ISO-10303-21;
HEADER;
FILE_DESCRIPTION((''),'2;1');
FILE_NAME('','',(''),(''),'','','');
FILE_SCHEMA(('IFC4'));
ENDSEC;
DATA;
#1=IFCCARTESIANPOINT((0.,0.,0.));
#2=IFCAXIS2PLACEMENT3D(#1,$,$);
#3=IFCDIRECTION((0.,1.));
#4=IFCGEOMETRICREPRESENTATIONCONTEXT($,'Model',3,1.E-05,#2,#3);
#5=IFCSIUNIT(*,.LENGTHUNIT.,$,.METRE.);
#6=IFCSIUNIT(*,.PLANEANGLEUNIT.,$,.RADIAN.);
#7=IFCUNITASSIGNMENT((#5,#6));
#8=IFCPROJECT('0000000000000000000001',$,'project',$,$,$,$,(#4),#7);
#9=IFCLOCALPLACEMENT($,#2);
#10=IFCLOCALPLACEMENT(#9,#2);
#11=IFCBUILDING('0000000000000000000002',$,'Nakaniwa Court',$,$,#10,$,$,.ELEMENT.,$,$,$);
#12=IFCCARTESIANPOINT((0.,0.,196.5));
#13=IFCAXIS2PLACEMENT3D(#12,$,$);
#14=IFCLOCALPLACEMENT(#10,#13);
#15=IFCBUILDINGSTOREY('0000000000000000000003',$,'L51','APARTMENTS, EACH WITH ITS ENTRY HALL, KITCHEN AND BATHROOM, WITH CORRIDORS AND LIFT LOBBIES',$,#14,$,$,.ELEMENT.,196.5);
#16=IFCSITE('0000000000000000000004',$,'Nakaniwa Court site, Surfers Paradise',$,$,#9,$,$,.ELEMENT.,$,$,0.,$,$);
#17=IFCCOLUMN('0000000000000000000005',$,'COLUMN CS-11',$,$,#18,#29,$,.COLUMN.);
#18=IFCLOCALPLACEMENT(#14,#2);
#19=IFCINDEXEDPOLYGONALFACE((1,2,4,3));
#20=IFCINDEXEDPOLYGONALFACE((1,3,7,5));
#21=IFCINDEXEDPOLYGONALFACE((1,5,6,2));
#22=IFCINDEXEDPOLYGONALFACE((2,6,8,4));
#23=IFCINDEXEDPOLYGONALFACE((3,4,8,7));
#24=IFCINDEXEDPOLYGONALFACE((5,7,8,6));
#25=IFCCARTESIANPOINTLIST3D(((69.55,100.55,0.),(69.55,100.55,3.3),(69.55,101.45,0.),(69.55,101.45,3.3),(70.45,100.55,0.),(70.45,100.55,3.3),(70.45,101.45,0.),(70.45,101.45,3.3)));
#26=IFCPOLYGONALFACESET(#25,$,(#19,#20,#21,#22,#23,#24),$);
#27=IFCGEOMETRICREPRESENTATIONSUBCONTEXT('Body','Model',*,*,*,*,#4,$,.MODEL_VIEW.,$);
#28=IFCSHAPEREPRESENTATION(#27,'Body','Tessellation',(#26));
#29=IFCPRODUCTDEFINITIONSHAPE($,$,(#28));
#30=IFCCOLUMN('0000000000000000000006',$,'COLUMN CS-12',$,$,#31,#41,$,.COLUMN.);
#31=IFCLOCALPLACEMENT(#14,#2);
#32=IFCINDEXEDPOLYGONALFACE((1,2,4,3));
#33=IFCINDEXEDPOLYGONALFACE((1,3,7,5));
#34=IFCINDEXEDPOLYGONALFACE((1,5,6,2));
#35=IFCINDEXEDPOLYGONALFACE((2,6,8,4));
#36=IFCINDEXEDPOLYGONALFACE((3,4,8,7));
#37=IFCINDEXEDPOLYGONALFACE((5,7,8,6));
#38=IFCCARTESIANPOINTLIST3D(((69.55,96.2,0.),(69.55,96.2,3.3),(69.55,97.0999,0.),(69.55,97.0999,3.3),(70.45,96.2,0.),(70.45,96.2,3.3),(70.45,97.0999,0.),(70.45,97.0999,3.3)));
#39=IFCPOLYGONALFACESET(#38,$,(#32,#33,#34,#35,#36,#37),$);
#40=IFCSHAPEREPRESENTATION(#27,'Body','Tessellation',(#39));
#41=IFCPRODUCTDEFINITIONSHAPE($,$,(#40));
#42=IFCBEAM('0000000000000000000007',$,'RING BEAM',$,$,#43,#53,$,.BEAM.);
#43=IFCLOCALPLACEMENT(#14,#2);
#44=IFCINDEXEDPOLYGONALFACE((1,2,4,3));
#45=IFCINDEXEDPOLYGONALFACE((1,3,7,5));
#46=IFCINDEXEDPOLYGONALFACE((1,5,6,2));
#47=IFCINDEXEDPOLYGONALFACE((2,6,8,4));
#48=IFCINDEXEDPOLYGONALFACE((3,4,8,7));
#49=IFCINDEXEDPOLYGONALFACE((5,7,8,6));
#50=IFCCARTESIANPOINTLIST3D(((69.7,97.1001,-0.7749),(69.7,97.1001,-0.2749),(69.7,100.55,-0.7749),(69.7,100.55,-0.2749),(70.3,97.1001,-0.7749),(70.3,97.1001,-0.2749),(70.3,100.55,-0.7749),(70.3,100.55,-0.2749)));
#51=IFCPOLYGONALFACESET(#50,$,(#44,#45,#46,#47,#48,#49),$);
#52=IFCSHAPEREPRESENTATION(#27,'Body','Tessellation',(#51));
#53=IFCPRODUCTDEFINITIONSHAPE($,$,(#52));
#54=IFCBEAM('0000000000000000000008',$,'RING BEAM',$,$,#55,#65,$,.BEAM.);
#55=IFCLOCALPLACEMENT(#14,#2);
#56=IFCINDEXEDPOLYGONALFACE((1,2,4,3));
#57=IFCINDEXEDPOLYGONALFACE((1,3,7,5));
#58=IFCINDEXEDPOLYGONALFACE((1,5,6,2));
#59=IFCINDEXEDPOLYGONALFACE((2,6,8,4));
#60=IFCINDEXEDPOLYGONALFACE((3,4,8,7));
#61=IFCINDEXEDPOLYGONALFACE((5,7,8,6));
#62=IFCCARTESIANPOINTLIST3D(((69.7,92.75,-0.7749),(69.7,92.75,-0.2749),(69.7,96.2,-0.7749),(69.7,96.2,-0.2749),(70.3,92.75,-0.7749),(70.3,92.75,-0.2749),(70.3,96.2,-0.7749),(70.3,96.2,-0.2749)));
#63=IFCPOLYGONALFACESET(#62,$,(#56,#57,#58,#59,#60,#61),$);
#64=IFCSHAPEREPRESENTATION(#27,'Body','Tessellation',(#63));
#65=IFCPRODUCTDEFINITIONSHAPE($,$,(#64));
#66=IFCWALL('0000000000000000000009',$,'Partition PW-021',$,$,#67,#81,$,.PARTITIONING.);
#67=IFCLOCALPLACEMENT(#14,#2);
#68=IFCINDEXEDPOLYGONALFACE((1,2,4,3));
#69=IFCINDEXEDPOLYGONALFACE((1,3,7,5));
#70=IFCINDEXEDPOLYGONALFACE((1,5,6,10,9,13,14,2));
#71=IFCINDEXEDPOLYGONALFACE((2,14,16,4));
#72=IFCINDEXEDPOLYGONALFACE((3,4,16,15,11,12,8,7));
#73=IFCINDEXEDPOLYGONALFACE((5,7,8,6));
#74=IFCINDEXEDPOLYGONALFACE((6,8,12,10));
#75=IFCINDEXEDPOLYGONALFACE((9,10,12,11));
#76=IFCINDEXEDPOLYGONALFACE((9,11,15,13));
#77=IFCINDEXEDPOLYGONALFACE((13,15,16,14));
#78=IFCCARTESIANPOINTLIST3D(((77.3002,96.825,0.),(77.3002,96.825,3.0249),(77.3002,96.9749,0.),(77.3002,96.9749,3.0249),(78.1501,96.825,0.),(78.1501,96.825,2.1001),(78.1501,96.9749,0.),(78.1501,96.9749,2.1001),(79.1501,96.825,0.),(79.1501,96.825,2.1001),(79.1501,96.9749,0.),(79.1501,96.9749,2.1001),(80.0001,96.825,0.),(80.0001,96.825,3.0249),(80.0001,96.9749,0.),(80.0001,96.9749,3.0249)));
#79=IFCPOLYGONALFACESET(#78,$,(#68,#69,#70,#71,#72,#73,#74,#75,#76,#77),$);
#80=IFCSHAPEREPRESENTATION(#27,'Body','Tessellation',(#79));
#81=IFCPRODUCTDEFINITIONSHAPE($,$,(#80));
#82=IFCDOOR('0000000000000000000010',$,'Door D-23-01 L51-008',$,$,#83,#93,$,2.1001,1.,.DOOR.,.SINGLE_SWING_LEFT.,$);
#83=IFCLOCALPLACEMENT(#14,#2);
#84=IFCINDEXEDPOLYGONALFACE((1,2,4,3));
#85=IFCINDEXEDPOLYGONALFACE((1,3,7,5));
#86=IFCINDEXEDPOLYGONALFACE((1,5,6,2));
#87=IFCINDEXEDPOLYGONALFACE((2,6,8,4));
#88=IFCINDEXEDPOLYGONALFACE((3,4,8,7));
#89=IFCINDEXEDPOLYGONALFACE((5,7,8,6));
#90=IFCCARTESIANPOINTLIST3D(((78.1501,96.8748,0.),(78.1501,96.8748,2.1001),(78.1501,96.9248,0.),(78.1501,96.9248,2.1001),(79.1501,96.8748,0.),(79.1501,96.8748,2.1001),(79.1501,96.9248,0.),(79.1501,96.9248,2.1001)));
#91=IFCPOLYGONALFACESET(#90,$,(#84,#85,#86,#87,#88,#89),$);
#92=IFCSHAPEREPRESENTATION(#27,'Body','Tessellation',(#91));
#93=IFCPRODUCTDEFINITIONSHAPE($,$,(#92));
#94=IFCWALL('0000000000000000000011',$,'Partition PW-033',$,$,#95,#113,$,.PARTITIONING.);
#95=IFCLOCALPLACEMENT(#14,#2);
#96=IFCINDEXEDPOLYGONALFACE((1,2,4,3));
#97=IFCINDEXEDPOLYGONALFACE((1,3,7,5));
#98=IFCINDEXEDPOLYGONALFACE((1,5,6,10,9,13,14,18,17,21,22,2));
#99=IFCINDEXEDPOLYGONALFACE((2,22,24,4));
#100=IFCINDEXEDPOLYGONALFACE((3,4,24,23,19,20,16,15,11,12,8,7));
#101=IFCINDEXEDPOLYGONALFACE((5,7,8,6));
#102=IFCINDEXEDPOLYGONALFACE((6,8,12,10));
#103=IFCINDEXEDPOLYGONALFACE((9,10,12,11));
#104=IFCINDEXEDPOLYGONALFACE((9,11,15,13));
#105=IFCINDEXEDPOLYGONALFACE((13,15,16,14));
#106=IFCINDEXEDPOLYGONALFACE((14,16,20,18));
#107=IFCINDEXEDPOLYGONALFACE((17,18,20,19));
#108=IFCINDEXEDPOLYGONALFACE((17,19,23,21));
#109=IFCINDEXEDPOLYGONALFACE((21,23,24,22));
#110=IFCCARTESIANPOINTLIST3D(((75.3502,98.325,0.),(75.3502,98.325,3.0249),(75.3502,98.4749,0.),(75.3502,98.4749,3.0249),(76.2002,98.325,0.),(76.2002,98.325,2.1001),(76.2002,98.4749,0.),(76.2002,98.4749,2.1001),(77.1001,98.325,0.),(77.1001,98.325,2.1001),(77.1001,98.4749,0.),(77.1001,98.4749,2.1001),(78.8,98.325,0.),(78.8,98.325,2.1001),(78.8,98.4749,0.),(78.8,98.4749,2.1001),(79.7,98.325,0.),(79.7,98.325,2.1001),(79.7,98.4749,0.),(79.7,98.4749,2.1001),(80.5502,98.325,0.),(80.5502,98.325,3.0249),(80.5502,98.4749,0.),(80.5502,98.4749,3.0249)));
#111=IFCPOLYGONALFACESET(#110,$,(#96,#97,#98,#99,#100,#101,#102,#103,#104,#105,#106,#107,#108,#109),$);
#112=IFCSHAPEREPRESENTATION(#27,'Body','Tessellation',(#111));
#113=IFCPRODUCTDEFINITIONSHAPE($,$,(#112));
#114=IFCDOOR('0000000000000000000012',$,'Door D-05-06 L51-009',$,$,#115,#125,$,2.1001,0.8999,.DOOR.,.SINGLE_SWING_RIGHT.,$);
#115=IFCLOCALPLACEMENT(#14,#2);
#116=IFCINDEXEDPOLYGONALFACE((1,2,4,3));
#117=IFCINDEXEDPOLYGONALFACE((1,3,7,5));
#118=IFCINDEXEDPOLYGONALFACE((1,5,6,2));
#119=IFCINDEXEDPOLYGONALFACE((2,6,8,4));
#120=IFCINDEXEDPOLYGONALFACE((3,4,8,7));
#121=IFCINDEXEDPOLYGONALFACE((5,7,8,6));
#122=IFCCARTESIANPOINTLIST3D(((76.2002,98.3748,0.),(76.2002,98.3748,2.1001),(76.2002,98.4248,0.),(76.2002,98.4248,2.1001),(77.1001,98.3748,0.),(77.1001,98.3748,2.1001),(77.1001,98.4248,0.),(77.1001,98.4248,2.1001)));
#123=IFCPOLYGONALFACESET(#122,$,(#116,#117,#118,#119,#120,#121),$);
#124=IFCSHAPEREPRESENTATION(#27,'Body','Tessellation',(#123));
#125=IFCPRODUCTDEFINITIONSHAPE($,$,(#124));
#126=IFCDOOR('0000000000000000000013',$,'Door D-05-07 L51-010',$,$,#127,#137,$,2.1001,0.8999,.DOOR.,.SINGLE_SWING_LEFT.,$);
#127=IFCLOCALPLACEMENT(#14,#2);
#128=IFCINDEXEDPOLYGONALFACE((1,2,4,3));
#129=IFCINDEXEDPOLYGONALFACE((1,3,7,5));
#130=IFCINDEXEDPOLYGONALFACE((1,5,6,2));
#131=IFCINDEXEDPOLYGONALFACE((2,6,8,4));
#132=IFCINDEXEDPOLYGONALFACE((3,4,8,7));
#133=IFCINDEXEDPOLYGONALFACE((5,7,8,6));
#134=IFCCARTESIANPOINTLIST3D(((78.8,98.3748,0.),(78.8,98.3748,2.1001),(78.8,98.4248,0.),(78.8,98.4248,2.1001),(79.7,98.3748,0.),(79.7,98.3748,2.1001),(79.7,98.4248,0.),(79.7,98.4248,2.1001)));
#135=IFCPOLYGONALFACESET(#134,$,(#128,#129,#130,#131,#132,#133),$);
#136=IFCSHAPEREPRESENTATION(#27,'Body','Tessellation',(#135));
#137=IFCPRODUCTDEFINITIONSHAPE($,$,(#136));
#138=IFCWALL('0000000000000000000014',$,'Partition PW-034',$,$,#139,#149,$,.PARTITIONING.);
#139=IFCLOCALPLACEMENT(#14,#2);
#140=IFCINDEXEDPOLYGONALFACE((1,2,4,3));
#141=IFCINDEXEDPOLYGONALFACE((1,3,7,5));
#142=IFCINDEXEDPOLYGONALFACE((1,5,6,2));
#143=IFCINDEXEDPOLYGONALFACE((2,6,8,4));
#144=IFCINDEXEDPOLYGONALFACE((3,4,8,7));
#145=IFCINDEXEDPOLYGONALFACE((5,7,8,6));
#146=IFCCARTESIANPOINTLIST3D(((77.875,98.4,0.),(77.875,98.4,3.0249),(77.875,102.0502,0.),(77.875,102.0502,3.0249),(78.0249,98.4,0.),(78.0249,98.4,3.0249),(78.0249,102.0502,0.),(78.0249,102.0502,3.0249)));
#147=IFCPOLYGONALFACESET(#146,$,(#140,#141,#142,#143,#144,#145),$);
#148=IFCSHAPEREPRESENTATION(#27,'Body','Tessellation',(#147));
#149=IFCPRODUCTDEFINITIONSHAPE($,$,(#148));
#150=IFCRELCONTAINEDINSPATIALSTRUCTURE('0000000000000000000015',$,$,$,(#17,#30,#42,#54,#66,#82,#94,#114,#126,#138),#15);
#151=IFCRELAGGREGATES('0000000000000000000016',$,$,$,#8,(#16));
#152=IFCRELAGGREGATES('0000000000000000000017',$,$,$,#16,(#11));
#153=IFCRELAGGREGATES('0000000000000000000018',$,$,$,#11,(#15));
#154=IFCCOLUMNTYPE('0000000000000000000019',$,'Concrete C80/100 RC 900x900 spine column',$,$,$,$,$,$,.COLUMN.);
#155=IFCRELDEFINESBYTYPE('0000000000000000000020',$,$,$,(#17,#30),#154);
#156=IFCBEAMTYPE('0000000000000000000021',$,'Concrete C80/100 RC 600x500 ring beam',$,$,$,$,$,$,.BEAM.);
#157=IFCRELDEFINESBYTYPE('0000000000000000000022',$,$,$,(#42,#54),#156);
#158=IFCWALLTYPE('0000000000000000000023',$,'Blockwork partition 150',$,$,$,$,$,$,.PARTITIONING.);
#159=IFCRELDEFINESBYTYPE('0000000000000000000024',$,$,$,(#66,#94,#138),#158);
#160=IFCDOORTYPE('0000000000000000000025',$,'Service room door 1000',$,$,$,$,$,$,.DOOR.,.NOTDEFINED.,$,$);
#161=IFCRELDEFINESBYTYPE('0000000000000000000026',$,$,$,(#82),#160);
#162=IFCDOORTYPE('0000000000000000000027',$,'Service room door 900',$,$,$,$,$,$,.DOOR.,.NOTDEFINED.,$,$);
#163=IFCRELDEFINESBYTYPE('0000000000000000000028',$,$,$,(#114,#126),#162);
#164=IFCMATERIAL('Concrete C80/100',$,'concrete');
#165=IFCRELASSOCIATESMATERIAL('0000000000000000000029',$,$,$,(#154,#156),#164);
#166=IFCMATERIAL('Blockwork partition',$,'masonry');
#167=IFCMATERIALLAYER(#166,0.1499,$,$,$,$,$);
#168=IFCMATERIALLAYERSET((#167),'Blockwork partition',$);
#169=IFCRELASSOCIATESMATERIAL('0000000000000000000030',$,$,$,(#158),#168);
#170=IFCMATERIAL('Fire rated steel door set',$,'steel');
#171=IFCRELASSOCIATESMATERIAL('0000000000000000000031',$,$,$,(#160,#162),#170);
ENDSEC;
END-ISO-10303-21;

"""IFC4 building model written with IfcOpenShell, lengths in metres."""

from ifc_helpers import new_model, si_unit, direction, frame, frame_2d, origin, origin_2d, place, context, subcontext, project, spatial, rectangle, extrude, material, layer, layer_set, material_profile, profile_set, type_object, element, fill, save


model = new_model("IFC4")

# Units and contexts
model_context = context("Model", 3, precision=1e-05, world=origin(), true_north=direction((0.0, 1.0)))
body_context = subcontext(model_context, "Body", "Model", "MODEL_VIEW")
ifc_project = project(units=[si_unit("LENGTHUNIT", "METRE"), si_unit("PLANEANGLEUNIT", "RADIAN")], contexts=[model_context])

# Site, building, storey
site_placement = place(None, origin())
site = spatial("IfcSite", under=ifc_project, at=site_placement, Name="Nakaniwa Court site, Surfers Paradise", CompositionType="ELEMENT", RefElevation=0.0)
building_placement = place(site_placement, origin())
building = spatial("IfcBuilding", under=site, at=building_placement, Name="Nakaniwa Court", CompositionType="ELEMENT")
storey_placement = place(building_placement, frame((0.0, 0.0, 196.5)))
storey = spatial("IfcBuildingStorey", under=building, at=storey_placement, Name="L51", Description="APARTMENTS, EACH WITH ITS ENTRY HALL, KITCHEN AND BATHROOM, WITH CORRIDORS AND LIFT LOBBIES", CompositionType="ELEMENT", Elevation=196.5)

# Columns
ifc_material_1 = material(Name="Concrete C80/100", Category="concrete")
ifc_material_profile_1 = material_profile(ifc_material_1, rectangle(XDim=0.8999, YDim=0.8999, at=origin_2d()), Name="Concrete C80/100 RC 900x900 spine column")
ifc_profile_set_1 = profile_set([ifc_material_profile_1], Name="Concrete C80/100")
column_type = type_object("IfcColumnType", Name="Concrete C80/100 RC 900x900 spine column", PredefinedType="COLUMN", material=ifc_profile_set_1)
for number, where, z_axis, x_axis, name in (
    (1, (70.0, 101.0, 0.0), (0.0, 0.0, 1.0), (0.0, -1.0, 0.0), "COLUMN CS-11"),
    (2, (70.0, 96.6499, 0.0), (0.0, 0.0, 1.0), (0.0, -1.0, 0.0), "COLUMN CS-12"),
):
    element("IfcColumn", number, at=place(storey_placement, frame(where, z_axis=z_axis, x_axis=x_axis)), inside=storey, type_object=column_type, Name=name, PredefinedType="COLUMN", context=body_context, shape_type="SweptSolid", body=[
        extrude(rectangle(XDim=0.8999, YDim=0.8999, at=origin_2d()), origin(), (0.0, 0.0, 1.0), 3.3),
    ])

# Beams
ifc_material_profile_2 = material_profile(ifc_material_1, rectangle(XDim=0.6001, YDim=0.5, at=origin_2d()), Name="Concrete C80/100 RC 600x500 ring beam")
ifc_profile_set_2 = profile_set([ifc_material_profile_2], Name="Concrete C80/100")
beam_type = type_object("IfcBeamType", Name="Concrete C80/100 RC 600x500 ring beam", PredefinedType="BEAM", material=ifc_profile_set_2)
for number, where, z_axis, x_axis, name in (
    (3, (70.0, 100.55, -0.5249), (0.0, -1.0, 0.0), (1.0, 0.0, 0.0), "RING BEAM"),
    (4, (70.0, 96.2, -0.5249), (0.0, -1.0, 0.0), (1.0, 0.0, 0.0), "RING BEAM"),
):
    element("IfcBeam", number, at=place(storey_placement, frame(where, z_axis=z_axis, x_axis=x_axis)), inside=storey, type_object=beam_type, Name=name, PredefinedType="BEAM", context=body_context, shape_type="SweptSolid", body=[
        extrude(rectangle(XDim=0.6001, YDim=0.5, at=origin_2d()), origin(), (0.0, 0.0, 1.0), 3.45),
    ])

# Wall, opening, door
ifc_material_2 = material(Name="Blockwork partition", Category="masonry")
ifc_layer_1 = layer(ifc_material_2, 0.1499)
ifc_layer_set_1 = layer_set([ifc_layer_1], Name="Blockwork partition")
wall_type_1 = type_object("IfcWallType", Name="Blockwork partition 150", PredefinedType="PARTITIONING", material=ifc_layer_set_1)
wall_1_placement = place(storey_placement, frame((77.3, 96.8999, 0.0), z_axis=(0.0, 0.0, 1.0), x_axis=(1.0, 0.0, 0.0)))
wall_1 = element("IfcWall", 5, at=wall_1_placement, inside=storey, type_object=wall_type_1, Name="Partition PW-021", PredefinedType="PARTITIONING", context=body_context, shape_type="SweptSolid", body=[
    extrude(rectangle(XDim=2.7, YDim=0.1499, at=frame_2d((1.3501, 0.0))), origin(), (0.0, 0.0, 1.0), 3.0249),
])
opening_1_placement = place(wall_1_placement, frame((0.8501, 0.0, 0.0)))
opening_1 = element("IfcOpeningElement", 6, at=opening_1_placement, cuts=wall_1, PredefinedType="OPENING", context=body_context, shape_type="SweptSolid", body=[
    extrude(rectangle(XDim=1.0, YDim=2.1001, at=frame_2d((0.5, 1.05))), frame((0.0, 0.085, 0.0), z_axis=(0.0, -1.0, 0.0), x_axis=(1.0, 0.0, 0.0)), (0.0, 0.0, 1.0), 0.1699),
])
ifc_material_3 = material(Name="Fire rated steel door set", Category="steel")
door_type_1 = type_object("IfcDoorType", Name="Service room door 1000", OperationType="NOTDEFINED", PredefinedType="DOOR", material=ifc_material_3)
door_1_placement = place(opening_1_placement, origin())
door_1 = element("IfcDoor", 7, at=door_1_placement, inside=storey, type_object=door_type_1, Name="Door D-23-01 L51-008", OperationType="SINGLE_SWING_LEFT", OverallHeight=2.1001, OverallWidth=1.0, PredefinedType="DOOR", context=body_context, shape_type="SweptSolid", body=[
    extrude(rectangle(XDim=1.0, YDim=2.1001, at=frame_2d((0.5, 1.05))), frame((0.0, 0.0249, 0.0), z_axis=(0.0, -1.0, 0.0), x_axis=(1.0, 0.0, 0.0)), (0.0, 0.0, 1.0), 0.05),
])
fill(opening_1, door_1)

# Wall, openings, doors
wall_2_placement = place(storey_placement, frame((75.3501, 98.3999, 0.0), z_axis=(0.0, 0.0, 1.0), x_axis=(1.0, 0.0, 0.0)))
wall_2 = element("IfcWall", 8, at=wall_2_placement, inside=storey, type_object=wall_type_1, Name="Partition PW-033", PredefinedType="PARTITIONING", context=body_context, shape_type="SweptSolid", body=[
    extrude(rectangle(XDim=5.2, YDim=0.1499, at=frame_2d((2.6001, 0.0))), origin(), (0.0, 0.0, 1.0), 3.0249),
])
opening_2_placement = place(wall_2_placement, frame((0.8501, 0.0, 0.0)))
opening_2 = element("IfcOpeningElement", 9, at=opening_2_placement, cuts=wall_2, PredefinedType="OPENING", context=body_context, shape_type="SweptSolid", body=[
    extrude(rectangle(XDim=0.8999, YDim=2.1001, at=frame_2d((0.45, 1.05))), frame((0.0, 0.085, 0.0), z_axis=(0.0, -1.0, 0.0), x_axis=(1.0, 0.0, 0.0)), (0.0, 0.0, 1.0), 0.1699),
])
opening_3_placement = place(wall_2_placement, frame((3.45, 0.0, 0.0)))
opening_3 = element("IfcOpeningElement", 10, at=opening_3_placement, cuts=wall_2, PredefinedType="OPENING", context=body_context, shape_type="SweptSolid", body=[
    extrude(rectangle(XDim=0.8999, YDim=2.1001, at=frame_2d((0.45, 1.05))), frame((0.0, 0.085, 0.0), z_axis=(0.0, -1.0, 0.0), x_axis=(1.0, 0.0, 0.0)), (0.0, 0.0, 1.0), 0.1699),
])
door_type_2 = type_object("IfcDoorType", Name="Service room door 900", OperationType="NOTDEFINED", PredefinedType="DOOR", material=ifc_material_3)
door_2_placement = place(opening_2_placement, origin())
door_2 = element("IfcDoor", 11, at=door_2_placement, inside=storey, type_object=door_type_2, Name="Door D-05-06 L51-009", OperationType="SINGLE_SWING_RIGHT", OverallHeight=2.1001, OverallWidth=0.8999, PredefinedType="DOOR", context=body_context, shape_type="SweptSolid", body=[
    extrude(rectangle(XDim=0.8999, YDim=2.1001, at=frame_2d((0.45, 1.05))), frame((0.0, 0.0249, 0.0), z_axis=(0.0, -1.0, 0.0), x_axis=(1.0, 0.0, 0.0)), (0.0, 0.0, 1.0), 0.05),
])
fill(opening_2, door_2)
door_3_placement = place(opening_3_placement, origin())
door_3 = element("IfcDoor", 12, at=door_3_placement, inside=storey, type_object=door_type_2, Name="Door D-05-07 L51-010", OperationType="SINGLE_SWING_LEFT", OverallHeight=2.1001, OverallWidth=0.8999, PredefinedType="DOOR", context=body_context, shape_type="SweptSolid", body=[
    extrude(rectangle(XDim=0.8999, YDim=2.1001, at=frame_2d((0.45, 1.05))), frame((0.0, 0.0249, 0.0), z_axis=(0.0, -1.0, 0.0), x_axis=(1.0, 0.0, 0.0)), (0.0, 0.0, 1.0), 0.05),
])
fill(opening_3, door_3)

# Wall
wall_3_placement = place(storey_placement, frame((77.95, 98.3999, 0.0), z_axis=(0.0, 0.0, 1.0), x_axis=(0.0, 1.0, 0.0)))
element("IfcWall", 13, at=wall_3_placement, inside=storey, type_object=wall_type_1, Name="Partition PW-034", PredefinedType="PARTITIONING", context=body_context, shape_type="SweptSolid", body=[
    extrude(rectangle(XDim=3.6501, YDim=0.1499, at=frame_2d((1.8252, 0.0))), origin(), (0.0, 0.0, 1.0), 3.0249),
])

save(model, "model.ifc")
